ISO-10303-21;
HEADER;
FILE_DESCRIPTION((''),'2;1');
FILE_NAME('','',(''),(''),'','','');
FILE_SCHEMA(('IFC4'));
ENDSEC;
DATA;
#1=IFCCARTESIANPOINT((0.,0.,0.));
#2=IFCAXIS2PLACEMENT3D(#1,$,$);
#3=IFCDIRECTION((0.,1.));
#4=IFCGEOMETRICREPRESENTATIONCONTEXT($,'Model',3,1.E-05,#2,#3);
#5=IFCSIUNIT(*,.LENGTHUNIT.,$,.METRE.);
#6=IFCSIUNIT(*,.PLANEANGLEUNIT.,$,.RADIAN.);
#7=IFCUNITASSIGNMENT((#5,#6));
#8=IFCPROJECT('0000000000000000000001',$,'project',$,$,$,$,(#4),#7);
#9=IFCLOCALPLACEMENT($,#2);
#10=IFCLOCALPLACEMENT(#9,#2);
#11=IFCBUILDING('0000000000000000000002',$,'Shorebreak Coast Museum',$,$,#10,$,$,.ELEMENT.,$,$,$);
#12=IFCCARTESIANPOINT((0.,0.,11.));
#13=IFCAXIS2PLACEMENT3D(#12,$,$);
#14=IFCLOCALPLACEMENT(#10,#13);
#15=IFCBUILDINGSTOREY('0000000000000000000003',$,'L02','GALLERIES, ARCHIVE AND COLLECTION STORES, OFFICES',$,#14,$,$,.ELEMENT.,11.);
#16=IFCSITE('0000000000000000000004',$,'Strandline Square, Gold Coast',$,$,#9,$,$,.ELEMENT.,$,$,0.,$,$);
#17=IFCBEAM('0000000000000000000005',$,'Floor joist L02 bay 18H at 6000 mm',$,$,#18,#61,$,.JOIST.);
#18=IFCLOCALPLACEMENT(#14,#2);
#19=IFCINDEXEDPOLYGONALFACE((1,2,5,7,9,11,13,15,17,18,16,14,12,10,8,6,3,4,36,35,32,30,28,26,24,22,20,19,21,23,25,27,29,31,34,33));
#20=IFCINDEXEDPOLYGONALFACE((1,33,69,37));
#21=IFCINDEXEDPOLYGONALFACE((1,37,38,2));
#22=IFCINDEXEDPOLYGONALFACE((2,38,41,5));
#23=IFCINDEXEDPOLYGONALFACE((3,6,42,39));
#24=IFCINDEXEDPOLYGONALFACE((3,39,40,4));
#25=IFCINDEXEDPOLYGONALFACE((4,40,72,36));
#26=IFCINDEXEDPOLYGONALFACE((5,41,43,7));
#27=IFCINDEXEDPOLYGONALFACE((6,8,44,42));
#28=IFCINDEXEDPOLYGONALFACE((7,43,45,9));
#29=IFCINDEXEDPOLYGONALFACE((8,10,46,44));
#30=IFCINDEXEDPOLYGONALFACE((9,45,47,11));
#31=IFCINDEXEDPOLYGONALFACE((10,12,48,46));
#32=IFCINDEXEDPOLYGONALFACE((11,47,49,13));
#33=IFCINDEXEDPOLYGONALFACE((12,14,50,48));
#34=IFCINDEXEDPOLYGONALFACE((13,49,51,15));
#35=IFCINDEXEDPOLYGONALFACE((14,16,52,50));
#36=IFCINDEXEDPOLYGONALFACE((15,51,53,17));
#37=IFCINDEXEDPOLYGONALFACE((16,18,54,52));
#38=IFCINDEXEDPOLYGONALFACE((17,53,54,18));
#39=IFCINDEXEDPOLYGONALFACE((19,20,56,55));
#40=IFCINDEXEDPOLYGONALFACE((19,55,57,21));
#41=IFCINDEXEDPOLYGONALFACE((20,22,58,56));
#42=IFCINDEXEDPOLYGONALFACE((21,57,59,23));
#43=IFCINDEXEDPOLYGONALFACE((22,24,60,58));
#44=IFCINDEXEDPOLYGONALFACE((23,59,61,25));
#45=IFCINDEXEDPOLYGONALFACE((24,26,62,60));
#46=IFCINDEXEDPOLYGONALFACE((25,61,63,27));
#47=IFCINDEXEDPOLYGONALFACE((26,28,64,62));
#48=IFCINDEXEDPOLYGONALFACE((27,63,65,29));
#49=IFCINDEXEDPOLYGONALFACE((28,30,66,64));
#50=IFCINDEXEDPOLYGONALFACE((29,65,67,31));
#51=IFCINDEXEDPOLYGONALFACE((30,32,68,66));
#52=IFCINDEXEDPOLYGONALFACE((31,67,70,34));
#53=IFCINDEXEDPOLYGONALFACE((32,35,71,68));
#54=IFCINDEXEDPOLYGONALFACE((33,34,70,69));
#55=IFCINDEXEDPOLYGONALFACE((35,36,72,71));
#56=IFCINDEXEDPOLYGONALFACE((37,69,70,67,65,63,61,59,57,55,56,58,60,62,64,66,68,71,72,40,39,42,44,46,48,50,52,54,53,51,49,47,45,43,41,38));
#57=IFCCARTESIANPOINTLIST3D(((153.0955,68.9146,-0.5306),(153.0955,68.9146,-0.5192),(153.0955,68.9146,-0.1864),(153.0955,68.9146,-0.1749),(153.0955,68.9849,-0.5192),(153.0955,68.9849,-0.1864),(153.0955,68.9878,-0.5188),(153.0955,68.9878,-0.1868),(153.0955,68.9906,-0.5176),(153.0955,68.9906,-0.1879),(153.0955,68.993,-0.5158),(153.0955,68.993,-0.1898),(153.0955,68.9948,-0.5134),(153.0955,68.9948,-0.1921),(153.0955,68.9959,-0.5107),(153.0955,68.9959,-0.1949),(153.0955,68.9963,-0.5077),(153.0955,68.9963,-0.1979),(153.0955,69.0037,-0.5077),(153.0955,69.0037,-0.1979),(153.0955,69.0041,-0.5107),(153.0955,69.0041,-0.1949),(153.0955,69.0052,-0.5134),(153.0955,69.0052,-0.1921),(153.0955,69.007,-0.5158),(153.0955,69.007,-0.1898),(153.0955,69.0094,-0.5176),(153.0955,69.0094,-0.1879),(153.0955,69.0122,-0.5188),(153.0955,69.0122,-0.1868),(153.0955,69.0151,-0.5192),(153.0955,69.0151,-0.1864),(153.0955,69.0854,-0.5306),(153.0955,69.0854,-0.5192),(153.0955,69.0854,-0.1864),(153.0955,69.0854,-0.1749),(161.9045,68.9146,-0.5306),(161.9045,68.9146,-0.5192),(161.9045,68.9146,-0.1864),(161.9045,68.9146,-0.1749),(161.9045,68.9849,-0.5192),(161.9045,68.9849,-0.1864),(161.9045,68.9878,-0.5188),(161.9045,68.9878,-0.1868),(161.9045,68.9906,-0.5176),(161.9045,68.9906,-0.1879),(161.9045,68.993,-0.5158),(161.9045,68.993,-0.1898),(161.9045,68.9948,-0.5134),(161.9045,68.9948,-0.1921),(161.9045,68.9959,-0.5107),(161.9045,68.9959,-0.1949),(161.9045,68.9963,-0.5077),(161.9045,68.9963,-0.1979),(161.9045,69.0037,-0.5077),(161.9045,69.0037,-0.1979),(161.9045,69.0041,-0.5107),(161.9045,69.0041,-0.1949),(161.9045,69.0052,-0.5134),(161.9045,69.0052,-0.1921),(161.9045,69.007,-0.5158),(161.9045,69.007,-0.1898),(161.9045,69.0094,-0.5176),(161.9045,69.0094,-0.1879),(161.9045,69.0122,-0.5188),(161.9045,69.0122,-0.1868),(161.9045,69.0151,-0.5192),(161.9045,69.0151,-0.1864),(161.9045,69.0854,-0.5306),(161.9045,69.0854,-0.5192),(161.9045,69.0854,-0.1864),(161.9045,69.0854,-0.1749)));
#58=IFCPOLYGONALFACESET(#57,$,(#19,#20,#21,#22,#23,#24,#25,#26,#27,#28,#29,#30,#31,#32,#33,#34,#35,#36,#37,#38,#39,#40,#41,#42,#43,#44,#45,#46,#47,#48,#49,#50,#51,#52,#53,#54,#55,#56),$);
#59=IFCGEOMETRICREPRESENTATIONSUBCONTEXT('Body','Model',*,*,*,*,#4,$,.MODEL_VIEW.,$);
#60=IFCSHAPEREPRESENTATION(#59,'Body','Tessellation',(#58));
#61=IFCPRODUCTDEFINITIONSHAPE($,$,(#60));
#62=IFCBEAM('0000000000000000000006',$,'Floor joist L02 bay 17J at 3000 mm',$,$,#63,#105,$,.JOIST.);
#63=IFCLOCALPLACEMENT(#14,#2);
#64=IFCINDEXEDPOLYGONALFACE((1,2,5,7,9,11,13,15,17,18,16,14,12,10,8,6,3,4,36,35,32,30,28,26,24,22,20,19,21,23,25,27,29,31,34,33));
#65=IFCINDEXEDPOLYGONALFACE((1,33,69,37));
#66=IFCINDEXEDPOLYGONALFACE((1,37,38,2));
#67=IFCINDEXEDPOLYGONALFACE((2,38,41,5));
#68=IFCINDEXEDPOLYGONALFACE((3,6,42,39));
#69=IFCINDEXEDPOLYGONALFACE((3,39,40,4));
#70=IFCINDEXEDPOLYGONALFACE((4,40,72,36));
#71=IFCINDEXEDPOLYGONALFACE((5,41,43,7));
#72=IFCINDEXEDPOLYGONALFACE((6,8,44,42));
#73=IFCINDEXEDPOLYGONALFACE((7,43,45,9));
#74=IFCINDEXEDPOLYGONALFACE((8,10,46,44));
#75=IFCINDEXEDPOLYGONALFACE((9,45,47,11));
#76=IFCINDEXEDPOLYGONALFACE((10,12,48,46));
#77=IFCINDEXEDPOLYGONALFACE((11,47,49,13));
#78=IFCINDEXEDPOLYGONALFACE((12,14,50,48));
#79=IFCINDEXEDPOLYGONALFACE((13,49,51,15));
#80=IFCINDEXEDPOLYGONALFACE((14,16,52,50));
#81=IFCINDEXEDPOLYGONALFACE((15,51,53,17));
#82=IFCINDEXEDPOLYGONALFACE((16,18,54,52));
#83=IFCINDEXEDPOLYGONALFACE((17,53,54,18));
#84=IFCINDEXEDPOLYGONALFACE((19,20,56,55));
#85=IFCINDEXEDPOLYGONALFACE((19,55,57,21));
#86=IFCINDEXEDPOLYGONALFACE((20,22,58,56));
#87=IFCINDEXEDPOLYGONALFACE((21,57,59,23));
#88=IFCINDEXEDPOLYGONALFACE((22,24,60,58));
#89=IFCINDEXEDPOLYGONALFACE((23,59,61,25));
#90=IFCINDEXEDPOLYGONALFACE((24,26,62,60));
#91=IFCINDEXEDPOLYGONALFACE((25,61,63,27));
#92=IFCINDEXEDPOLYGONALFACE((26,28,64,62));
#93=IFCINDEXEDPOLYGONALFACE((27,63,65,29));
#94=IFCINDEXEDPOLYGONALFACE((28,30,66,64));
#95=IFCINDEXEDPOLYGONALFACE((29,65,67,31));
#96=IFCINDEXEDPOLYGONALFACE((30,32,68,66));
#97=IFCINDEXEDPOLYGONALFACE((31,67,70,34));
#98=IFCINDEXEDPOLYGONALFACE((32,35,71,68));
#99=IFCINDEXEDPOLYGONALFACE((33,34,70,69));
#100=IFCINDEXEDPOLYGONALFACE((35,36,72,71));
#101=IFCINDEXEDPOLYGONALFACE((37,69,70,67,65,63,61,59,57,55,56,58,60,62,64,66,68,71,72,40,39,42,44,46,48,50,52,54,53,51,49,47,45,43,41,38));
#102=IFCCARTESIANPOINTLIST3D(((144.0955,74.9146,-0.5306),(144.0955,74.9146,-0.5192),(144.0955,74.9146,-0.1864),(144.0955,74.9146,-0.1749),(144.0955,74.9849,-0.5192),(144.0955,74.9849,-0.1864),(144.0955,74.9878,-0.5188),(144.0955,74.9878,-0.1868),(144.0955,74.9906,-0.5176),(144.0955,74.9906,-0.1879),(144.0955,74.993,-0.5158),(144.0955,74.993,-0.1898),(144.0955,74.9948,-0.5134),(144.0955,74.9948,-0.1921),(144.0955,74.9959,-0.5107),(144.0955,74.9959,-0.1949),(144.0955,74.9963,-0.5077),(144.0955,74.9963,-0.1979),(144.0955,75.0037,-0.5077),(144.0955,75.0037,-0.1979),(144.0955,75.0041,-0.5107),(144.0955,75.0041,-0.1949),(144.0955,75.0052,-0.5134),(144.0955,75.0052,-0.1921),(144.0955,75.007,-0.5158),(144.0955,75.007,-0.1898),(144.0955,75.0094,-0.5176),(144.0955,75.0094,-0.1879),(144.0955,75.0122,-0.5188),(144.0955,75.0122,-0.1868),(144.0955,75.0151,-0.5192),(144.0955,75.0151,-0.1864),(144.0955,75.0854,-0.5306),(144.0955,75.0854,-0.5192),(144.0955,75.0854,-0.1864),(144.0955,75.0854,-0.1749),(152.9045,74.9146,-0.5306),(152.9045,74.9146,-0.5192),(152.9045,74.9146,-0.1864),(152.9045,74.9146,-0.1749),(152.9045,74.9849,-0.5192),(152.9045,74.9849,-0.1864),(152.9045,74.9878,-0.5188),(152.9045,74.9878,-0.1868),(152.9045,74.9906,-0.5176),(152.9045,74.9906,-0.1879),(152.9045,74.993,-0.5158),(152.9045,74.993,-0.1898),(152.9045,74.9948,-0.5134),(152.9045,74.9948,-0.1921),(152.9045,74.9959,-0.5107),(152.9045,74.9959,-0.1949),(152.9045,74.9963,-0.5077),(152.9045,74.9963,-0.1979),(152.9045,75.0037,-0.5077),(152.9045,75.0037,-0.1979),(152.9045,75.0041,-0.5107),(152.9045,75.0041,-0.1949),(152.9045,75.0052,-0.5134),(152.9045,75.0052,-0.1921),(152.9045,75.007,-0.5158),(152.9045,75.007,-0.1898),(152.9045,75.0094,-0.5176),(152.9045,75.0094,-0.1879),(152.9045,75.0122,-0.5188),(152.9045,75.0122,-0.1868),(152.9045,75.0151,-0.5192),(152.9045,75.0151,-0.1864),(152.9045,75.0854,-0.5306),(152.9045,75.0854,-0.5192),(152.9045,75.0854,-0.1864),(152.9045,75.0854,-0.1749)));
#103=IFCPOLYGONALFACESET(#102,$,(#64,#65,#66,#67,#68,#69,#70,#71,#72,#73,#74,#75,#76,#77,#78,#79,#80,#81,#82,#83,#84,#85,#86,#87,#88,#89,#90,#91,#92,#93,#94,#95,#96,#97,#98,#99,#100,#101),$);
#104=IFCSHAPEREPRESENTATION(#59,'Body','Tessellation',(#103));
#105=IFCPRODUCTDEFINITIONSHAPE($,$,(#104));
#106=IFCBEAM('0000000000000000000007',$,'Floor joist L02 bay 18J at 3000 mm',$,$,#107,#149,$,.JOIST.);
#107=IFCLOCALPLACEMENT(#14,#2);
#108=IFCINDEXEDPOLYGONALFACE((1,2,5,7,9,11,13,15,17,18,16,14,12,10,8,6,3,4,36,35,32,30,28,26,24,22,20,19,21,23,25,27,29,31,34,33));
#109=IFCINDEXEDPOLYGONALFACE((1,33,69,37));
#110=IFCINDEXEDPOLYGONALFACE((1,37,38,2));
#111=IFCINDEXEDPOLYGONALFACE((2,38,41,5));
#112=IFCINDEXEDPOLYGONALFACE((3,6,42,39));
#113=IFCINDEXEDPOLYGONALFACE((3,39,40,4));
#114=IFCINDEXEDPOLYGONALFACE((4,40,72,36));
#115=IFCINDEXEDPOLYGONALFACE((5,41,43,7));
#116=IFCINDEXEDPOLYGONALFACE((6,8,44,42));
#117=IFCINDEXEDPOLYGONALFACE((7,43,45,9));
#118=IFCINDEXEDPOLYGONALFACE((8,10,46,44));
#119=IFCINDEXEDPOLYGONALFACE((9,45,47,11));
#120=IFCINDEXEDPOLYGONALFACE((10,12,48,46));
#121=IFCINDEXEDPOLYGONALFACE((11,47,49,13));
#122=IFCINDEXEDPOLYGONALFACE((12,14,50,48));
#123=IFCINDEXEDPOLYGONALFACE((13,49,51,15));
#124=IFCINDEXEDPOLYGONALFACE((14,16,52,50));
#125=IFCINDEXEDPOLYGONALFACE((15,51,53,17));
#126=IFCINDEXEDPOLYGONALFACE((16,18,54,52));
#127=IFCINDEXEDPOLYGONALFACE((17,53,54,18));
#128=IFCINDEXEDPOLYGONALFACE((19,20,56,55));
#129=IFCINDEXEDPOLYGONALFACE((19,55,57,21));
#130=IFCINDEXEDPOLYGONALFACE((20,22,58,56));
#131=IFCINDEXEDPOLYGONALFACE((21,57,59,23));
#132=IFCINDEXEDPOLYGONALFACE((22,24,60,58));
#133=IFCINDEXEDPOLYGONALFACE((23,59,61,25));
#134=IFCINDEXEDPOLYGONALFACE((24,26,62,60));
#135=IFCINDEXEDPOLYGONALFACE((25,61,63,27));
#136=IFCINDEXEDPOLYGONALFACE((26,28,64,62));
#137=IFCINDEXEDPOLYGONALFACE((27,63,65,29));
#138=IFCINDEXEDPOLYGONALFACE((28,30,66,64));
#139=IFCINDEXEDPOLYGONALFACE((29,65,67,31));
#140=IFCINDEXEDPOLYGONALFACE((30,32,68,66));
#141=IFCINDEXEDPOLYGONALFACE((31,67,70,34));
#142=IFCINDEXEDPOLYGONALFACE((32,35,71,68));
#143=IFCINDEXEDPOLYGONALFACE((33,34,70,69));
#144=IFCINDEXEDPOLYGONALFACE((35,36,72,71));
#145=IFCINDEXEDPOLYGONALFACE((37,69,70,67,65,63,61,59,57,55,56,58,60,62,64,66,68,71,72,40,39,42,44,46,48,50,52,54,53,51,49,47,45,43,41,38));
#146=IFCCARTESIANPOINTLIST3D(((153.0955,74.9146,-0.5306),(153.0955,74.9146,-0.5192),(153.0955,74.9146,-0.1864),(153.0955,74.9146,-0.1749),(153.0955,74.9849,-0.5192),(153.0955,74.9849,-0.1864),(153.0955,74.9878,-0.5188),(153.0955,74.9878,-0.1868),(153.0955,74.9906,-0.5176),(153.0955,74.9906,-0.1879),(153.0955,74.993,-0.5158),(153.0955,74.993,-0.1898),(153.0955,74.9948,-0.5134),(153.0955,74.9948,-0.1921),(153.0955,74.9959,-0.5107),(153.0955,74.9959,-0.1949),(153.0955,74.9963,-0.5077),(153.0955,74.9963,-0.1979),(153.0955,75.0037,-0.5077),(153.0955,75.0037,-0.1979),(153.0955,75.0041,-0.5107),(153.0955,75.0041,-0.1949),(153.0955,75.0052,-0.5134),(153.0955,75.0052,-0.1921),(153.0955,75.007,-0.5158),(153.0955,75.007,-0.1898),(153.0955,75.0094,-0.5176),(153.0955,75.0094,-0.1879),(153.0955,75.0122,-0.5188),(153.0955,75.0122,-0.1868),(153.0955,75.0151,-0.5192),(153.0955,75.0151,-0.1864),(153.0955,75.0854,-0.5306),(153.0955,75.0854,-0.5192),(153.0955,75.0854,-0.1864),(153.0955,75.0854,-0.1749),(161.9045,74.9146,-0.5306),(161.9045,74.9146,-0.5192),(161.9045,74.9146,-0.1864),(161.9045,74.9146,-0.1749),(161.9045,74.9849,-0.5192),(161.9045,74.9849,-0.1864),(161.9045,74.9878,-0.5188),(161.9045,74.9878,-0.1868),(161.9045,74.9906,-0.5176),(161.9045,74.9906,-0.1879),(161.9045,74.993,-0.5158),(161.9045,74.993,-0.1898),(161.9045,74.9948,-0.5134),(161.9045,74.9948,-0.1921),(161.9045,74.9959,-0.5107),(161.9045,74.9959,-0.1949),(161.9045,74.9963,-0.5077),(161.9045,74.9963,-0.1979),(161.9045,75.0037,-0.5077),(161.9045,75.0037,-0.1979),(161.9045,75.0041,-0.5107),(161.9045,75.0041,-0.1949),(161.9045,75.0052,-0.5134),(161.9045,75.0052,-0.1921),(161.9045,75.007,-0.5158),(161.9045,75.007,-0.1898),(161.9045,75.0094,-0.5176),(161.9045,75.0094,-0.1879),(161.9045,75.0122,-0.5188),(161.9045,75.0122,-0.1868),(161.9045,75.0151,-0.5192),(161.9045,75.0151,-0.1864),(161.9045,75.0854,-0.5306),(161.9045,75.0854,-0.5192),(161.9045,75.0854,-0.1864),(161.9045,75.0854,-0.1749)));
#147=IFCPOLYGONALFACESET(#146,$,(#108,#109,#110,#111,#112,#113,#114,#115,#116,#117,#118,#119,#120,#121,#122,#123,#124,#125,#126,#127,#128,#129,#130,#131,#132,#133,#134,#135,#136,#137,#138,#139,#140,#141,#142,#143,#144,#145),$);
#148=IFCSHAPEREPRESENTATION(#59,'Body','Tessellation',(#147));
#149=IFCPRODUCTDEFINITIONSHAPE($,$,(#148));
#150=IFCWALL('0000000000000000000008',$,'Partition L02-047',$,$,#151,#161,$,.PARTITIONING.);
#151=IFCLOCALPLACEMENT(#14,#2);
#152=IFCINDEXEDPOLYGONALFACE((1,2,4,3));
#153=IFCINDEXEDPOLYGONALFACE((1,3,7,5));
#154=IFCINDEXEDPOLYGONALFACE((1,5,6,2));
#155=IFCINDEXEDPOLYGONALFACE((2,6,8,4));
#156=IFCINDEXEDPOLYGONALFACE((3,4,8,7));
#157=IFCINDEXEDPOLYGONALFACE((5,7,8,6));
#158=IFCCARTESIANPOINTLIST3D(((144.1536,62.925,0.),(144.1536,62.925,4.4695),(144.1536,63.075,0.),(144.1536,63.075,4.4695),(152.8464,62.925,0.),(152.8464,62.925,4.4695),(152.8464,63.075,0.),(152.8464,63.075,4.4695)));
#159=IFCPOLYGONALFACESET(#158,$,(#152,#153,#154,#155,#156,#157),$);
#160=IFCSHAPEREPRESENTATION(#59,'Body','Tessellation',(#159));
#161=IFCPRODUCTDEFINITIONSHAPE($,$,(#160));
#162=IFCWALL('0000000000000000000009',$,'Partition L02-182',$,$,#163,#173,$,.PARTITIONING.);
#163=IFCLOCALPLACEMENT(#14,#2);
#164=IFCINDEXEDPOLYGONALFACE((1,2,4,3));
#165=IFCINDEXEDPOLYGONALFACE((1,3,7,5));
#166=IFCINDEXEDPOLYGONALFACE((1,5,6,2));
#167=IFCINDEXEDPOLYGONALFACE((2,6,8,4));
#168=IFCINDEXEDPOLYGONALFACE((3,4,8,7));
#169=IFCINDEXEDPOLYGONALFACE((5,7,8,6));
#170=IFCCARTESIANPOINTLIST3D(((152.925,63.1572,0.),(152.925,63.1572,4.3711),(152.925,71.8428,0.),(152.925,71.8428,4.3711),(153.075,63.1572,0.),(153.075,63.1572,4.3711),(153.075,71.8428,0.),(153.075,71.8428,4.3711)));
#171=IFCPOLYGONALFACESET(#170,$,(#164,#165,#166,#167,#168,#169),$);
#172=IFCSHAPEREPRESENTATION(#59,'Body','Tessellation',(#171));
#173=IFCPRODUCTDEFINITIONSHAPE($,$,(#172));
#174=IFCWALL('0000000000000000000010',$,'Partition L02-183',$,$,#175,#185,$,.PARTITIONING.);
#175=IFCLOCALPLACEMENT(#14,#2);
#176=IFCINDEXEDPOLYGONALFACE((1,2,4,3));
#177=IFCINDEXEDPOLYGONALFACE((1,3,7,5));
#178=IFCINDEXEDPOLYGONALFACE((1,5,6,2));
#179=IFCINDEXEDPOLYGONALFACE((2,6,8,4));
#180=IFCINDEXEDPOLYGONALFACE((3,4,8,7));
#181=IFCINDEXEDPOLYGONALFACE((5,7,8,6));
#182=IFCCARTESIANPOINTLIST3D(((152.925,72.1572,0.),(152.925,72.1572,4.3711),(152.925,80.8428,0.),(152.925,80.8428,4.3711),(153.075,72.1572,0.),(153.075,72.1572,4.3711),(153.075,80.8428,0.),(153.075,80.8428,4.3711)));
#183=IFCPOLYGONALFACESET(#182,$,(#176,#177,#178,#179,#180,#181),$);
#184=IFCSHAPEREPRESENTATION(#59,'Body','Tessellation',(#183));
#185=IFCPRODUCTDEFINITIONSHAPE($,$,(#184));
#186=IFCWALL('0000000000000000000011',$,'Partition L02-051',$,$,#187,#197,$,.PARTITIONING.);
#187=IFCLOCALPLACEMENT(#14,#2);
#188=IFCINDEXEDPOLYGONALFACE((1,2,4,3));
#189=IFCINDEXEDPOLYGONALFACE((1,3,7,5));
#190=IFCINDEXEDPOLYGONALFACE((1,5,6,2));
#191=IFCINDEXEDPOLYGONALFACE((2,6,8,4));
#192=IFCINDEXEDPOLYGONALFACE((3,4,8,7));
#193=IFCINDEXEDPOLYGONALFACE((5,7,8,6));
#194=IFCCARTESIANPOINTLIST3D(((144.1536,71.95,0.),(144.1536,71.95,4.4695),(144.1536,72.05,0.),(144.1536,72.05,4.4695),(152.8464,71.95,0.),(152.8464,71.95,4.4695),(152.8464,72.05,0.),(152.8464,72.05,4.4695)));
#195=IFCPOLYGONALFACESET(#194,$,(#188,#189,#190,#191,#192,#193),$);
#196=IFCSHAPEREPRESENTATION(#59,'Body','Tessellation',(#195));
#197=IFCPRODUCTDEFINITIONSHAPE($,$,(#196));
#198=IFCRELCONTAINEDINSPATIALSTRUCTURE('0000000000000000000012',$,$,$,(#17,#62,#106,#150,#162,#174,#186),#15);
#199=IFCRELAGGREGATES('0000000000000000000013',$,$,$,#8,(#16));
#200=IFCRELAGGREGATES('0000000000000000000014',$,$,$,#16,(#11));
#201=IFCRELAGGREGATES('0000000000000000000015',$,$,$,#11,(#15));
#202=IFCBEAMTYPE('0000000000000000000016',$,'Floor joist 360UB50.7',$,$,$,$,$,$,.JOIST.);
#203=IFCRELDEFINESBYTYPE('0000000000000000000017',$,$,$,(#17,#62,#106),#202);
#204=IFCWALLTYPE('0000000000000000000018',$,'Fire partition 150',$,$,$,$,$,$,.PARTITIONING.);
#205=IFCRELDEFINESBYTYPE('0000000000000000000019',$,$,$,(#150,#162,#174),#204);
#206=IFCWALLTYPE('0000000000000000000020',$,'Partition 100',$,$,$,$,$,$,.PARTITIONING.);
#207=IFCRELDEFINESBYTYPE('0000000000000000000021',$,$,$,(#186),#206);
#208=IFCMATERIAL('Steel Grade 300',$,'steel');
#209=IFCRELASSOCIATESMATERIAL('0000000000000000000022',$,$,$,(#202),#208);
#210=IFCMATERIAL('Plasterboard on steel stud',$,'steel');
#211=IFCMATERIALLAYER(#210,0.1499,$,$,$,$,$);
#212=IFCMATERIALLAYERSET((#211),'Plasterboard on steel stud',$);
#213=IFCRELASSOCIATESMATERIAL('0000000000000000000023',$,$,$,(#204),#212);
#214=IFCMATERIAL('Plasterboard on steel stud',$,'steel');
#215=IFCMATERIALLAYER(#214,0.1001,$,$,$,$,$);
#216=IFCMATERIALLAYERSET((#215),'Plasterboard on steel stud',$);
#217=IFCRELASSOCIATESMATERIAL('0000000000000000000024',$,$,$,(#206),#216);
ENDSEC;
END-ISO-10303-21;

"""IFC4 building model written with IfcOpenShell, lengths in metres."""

from ifc_helpers import new_model, si_unit, direction, frame, frame_2d, origin, origin_2d, place, context, subcontext, project, spatial, rectangle, i_section, extrude, material, layer, layer_set, material_profile, profile_set, type_object, element, save


model = new_model("IFC4")

# Units and contexts
model_context = context("Model", 3, precision=1e-05, world=origin(), true_north=direction((0.0, 1.0)))
body_context = subcontext(model_context, "Body", "Model", "MODEL_VIEW")
ifc_project = project(units=[si_unit("LENGTHUNIT", "METRE"), si_unit("PLANEANGLEUNIT", "RADIAN")], contexts=[model_context])

# Site, building, storey
site_placement = place(None, origin())
site = spatial("IfcSite", under=ifc_project, at=site_placement, Name="Strandline Square, Gold Coast", CompositionType="ELEMENT", RefElevation=0.0)
building_placement = place(site_placement, origin())
building = spatial("IfcBuilding", under=site, at=building_placement, Name="Shorebreak Coast Museum", CompositionType="ELEMENT")
storey_placement = place(building_placement, frame((0.0, 0.0, 11.0)))
storey = spatial("IfcBuildingStorey", under=building, at=storey_placement, Name="L02", Description="GALLERIES, ARCHIVE AND COLLECTION STORES, OFFICES", CompositionType="ELEMENT", Elevation=11.0)

# Beams
ifc_material_1 = material(Name="Steel Grade 300", Category="steel")
ifc_material_profile_1 = material_profile(ifc_material_1, i_section(OverallWidth=0.1709, OverallDepth=0.3557, WebThickness=0.0073, FlangeThickness=0.0115, FilletRadius=0.0115, at=origin_2d()), Name="360UB50.7")
ifc_profile_set_1 = profile_set([ifc_material_profile_1], Name="Steel Grade 300")
beam_type_1 = type_object("IfcBeamType", Name="Floor joist 360UB50.7", PredefinedType="JOIST", material=ifc_profile_set_1)
for number, where, z_axis, x_axis, name in (
    (1, (153.0955, 69.0, -0.3528), (1.0, 0.0, 0.0), (0.0, 1.0, 0.0), "Floor joist L02 bay 18H at 6000 mm"),
    (2, (144.0955, 75.0, -0.3528), (1.0, 0.0, 0.0), (0.0, 1.0, 0.0), "Floor joist L02 bay 17J at 3000 mm"),
    (3, (153.0955, 75.0, -0.3528), (1.0, 0.0, 0.0), (0.0, 1.0, 0.0), "Floor joist L02 bay 18J at 3000 mm"),
):
    element("IfcBeam", number, at=place(storey_placement, frame(where, z_axis=z_axis, x_axis=x_axis)), inside=storey, type_object=beam_type_1, Name=name, PredefinedType="JOIST", context=body_context, shape_type="SweptSolid", body=[
        extrude(i_section(OverallWidth=0.1709, OverallDepth=0.3557, WebThickness=0.0073, FlangeThickness=0.0115, FilletRadius=0.0115, at=origin_2d()), origin(), (0.0, 0.0, 1.0), 8.8091),
    ])

# Walls
ifc_material_2 = material(Name="Plasterboard on steel stud", Category="steel")
ifc_layer_1 = layer(ifc_material_2, 0.1499)
ifc_layer_set_1 = layer_set([ifc_layer_1], Name="Plasterboard on steel stud")
wall_type_1 = type_object("IfcWallType", Name="Fire partition 150", PredefinedType="PARTITIONING", material=ifc_layer_set_1)
wall_1_placement = place(storey_placement, frame((144.1536, 63.0, 0.0), z_axis=(0.0, 0.0, 1.0), x_axis=(1.0, 0.0, 0.0)))
element("IfcWall", 4, at=wall_1_placement, inside=storey, type_object=wall_type_1, Name="Partition L02-047", PredefinedType="PARTITIONING", context=body_context, shape_type="SweptSolid", body=[
    extrude(rectangle(XDim=8.6929, YDim=0.1499, at=frame_2d((4.3464, 0.0))), origin(), (0.0, 0.0, 1.0), 4.4695),
])
for number, where, z_axis, x_axis, name in (
    (5, (153.0, 63.1572, 0.0), (0.0, 0.0, 1.0), (0.0, 1.0, 0.0), "Partition L02-182"),
    (6, (153.0, 72.1572, 0.0), (0.0, 0.0, 1.0), (0.0, 1.0, 0.0), "Partition L02-183"),
):
    element("IfcWall", number, at=place(storey_placement, frame(where, z_axis=z_axis, x_axis=x_axis)), inside=storey, type_object=wall_type_1, Name=name, PredefinedType="PARTITIONING", context=body_context, shape_type="SweptSolid", body=[
        extrude(rectangle(XDim=8.6855, YDim=0.1499, at=frame_2d((4.3428, 0.0))), origin(), (0.0, 0.0, 1.0), 4.3711),
    ])
ifc_material_3 = material(Name="Plasterboard on steel stud", Category="steel")
ifc_layer_2 = layer(ifc_material_3, 0.1001)
ifc_layer_set_2 = layer_set([ifc_layer_2], Name="Plasterboard on steel stud")
wall_type_2 = type_object("IfcWallType", Name="Partition 100", PredefinedType="PARTITIONING", material=ifc_layer_set_2)
wall_2_placement = place(storey_placement, frame((144.1536, 72.0, 0.0), z_axis=(0.0, 0.0, 1.0), x_axis=(1.0, 0.0, 0.0)))
element("IfcWall", 7, at=wall_2_placement, inside=storey, type_object=wall_type_2, Name="Partition L02-051", PredefinedType="PARTITIONING", context=body_context, shape_type="SweptSolid", body=[
    extrude(rectangle(XDim=8.6929, YDim=0.1001, at=frame_2d((4.3464, 0.0))), origin(), (0.0, 0.0, 1.0), 4.4695),
])

save(model, "model.ifc")
